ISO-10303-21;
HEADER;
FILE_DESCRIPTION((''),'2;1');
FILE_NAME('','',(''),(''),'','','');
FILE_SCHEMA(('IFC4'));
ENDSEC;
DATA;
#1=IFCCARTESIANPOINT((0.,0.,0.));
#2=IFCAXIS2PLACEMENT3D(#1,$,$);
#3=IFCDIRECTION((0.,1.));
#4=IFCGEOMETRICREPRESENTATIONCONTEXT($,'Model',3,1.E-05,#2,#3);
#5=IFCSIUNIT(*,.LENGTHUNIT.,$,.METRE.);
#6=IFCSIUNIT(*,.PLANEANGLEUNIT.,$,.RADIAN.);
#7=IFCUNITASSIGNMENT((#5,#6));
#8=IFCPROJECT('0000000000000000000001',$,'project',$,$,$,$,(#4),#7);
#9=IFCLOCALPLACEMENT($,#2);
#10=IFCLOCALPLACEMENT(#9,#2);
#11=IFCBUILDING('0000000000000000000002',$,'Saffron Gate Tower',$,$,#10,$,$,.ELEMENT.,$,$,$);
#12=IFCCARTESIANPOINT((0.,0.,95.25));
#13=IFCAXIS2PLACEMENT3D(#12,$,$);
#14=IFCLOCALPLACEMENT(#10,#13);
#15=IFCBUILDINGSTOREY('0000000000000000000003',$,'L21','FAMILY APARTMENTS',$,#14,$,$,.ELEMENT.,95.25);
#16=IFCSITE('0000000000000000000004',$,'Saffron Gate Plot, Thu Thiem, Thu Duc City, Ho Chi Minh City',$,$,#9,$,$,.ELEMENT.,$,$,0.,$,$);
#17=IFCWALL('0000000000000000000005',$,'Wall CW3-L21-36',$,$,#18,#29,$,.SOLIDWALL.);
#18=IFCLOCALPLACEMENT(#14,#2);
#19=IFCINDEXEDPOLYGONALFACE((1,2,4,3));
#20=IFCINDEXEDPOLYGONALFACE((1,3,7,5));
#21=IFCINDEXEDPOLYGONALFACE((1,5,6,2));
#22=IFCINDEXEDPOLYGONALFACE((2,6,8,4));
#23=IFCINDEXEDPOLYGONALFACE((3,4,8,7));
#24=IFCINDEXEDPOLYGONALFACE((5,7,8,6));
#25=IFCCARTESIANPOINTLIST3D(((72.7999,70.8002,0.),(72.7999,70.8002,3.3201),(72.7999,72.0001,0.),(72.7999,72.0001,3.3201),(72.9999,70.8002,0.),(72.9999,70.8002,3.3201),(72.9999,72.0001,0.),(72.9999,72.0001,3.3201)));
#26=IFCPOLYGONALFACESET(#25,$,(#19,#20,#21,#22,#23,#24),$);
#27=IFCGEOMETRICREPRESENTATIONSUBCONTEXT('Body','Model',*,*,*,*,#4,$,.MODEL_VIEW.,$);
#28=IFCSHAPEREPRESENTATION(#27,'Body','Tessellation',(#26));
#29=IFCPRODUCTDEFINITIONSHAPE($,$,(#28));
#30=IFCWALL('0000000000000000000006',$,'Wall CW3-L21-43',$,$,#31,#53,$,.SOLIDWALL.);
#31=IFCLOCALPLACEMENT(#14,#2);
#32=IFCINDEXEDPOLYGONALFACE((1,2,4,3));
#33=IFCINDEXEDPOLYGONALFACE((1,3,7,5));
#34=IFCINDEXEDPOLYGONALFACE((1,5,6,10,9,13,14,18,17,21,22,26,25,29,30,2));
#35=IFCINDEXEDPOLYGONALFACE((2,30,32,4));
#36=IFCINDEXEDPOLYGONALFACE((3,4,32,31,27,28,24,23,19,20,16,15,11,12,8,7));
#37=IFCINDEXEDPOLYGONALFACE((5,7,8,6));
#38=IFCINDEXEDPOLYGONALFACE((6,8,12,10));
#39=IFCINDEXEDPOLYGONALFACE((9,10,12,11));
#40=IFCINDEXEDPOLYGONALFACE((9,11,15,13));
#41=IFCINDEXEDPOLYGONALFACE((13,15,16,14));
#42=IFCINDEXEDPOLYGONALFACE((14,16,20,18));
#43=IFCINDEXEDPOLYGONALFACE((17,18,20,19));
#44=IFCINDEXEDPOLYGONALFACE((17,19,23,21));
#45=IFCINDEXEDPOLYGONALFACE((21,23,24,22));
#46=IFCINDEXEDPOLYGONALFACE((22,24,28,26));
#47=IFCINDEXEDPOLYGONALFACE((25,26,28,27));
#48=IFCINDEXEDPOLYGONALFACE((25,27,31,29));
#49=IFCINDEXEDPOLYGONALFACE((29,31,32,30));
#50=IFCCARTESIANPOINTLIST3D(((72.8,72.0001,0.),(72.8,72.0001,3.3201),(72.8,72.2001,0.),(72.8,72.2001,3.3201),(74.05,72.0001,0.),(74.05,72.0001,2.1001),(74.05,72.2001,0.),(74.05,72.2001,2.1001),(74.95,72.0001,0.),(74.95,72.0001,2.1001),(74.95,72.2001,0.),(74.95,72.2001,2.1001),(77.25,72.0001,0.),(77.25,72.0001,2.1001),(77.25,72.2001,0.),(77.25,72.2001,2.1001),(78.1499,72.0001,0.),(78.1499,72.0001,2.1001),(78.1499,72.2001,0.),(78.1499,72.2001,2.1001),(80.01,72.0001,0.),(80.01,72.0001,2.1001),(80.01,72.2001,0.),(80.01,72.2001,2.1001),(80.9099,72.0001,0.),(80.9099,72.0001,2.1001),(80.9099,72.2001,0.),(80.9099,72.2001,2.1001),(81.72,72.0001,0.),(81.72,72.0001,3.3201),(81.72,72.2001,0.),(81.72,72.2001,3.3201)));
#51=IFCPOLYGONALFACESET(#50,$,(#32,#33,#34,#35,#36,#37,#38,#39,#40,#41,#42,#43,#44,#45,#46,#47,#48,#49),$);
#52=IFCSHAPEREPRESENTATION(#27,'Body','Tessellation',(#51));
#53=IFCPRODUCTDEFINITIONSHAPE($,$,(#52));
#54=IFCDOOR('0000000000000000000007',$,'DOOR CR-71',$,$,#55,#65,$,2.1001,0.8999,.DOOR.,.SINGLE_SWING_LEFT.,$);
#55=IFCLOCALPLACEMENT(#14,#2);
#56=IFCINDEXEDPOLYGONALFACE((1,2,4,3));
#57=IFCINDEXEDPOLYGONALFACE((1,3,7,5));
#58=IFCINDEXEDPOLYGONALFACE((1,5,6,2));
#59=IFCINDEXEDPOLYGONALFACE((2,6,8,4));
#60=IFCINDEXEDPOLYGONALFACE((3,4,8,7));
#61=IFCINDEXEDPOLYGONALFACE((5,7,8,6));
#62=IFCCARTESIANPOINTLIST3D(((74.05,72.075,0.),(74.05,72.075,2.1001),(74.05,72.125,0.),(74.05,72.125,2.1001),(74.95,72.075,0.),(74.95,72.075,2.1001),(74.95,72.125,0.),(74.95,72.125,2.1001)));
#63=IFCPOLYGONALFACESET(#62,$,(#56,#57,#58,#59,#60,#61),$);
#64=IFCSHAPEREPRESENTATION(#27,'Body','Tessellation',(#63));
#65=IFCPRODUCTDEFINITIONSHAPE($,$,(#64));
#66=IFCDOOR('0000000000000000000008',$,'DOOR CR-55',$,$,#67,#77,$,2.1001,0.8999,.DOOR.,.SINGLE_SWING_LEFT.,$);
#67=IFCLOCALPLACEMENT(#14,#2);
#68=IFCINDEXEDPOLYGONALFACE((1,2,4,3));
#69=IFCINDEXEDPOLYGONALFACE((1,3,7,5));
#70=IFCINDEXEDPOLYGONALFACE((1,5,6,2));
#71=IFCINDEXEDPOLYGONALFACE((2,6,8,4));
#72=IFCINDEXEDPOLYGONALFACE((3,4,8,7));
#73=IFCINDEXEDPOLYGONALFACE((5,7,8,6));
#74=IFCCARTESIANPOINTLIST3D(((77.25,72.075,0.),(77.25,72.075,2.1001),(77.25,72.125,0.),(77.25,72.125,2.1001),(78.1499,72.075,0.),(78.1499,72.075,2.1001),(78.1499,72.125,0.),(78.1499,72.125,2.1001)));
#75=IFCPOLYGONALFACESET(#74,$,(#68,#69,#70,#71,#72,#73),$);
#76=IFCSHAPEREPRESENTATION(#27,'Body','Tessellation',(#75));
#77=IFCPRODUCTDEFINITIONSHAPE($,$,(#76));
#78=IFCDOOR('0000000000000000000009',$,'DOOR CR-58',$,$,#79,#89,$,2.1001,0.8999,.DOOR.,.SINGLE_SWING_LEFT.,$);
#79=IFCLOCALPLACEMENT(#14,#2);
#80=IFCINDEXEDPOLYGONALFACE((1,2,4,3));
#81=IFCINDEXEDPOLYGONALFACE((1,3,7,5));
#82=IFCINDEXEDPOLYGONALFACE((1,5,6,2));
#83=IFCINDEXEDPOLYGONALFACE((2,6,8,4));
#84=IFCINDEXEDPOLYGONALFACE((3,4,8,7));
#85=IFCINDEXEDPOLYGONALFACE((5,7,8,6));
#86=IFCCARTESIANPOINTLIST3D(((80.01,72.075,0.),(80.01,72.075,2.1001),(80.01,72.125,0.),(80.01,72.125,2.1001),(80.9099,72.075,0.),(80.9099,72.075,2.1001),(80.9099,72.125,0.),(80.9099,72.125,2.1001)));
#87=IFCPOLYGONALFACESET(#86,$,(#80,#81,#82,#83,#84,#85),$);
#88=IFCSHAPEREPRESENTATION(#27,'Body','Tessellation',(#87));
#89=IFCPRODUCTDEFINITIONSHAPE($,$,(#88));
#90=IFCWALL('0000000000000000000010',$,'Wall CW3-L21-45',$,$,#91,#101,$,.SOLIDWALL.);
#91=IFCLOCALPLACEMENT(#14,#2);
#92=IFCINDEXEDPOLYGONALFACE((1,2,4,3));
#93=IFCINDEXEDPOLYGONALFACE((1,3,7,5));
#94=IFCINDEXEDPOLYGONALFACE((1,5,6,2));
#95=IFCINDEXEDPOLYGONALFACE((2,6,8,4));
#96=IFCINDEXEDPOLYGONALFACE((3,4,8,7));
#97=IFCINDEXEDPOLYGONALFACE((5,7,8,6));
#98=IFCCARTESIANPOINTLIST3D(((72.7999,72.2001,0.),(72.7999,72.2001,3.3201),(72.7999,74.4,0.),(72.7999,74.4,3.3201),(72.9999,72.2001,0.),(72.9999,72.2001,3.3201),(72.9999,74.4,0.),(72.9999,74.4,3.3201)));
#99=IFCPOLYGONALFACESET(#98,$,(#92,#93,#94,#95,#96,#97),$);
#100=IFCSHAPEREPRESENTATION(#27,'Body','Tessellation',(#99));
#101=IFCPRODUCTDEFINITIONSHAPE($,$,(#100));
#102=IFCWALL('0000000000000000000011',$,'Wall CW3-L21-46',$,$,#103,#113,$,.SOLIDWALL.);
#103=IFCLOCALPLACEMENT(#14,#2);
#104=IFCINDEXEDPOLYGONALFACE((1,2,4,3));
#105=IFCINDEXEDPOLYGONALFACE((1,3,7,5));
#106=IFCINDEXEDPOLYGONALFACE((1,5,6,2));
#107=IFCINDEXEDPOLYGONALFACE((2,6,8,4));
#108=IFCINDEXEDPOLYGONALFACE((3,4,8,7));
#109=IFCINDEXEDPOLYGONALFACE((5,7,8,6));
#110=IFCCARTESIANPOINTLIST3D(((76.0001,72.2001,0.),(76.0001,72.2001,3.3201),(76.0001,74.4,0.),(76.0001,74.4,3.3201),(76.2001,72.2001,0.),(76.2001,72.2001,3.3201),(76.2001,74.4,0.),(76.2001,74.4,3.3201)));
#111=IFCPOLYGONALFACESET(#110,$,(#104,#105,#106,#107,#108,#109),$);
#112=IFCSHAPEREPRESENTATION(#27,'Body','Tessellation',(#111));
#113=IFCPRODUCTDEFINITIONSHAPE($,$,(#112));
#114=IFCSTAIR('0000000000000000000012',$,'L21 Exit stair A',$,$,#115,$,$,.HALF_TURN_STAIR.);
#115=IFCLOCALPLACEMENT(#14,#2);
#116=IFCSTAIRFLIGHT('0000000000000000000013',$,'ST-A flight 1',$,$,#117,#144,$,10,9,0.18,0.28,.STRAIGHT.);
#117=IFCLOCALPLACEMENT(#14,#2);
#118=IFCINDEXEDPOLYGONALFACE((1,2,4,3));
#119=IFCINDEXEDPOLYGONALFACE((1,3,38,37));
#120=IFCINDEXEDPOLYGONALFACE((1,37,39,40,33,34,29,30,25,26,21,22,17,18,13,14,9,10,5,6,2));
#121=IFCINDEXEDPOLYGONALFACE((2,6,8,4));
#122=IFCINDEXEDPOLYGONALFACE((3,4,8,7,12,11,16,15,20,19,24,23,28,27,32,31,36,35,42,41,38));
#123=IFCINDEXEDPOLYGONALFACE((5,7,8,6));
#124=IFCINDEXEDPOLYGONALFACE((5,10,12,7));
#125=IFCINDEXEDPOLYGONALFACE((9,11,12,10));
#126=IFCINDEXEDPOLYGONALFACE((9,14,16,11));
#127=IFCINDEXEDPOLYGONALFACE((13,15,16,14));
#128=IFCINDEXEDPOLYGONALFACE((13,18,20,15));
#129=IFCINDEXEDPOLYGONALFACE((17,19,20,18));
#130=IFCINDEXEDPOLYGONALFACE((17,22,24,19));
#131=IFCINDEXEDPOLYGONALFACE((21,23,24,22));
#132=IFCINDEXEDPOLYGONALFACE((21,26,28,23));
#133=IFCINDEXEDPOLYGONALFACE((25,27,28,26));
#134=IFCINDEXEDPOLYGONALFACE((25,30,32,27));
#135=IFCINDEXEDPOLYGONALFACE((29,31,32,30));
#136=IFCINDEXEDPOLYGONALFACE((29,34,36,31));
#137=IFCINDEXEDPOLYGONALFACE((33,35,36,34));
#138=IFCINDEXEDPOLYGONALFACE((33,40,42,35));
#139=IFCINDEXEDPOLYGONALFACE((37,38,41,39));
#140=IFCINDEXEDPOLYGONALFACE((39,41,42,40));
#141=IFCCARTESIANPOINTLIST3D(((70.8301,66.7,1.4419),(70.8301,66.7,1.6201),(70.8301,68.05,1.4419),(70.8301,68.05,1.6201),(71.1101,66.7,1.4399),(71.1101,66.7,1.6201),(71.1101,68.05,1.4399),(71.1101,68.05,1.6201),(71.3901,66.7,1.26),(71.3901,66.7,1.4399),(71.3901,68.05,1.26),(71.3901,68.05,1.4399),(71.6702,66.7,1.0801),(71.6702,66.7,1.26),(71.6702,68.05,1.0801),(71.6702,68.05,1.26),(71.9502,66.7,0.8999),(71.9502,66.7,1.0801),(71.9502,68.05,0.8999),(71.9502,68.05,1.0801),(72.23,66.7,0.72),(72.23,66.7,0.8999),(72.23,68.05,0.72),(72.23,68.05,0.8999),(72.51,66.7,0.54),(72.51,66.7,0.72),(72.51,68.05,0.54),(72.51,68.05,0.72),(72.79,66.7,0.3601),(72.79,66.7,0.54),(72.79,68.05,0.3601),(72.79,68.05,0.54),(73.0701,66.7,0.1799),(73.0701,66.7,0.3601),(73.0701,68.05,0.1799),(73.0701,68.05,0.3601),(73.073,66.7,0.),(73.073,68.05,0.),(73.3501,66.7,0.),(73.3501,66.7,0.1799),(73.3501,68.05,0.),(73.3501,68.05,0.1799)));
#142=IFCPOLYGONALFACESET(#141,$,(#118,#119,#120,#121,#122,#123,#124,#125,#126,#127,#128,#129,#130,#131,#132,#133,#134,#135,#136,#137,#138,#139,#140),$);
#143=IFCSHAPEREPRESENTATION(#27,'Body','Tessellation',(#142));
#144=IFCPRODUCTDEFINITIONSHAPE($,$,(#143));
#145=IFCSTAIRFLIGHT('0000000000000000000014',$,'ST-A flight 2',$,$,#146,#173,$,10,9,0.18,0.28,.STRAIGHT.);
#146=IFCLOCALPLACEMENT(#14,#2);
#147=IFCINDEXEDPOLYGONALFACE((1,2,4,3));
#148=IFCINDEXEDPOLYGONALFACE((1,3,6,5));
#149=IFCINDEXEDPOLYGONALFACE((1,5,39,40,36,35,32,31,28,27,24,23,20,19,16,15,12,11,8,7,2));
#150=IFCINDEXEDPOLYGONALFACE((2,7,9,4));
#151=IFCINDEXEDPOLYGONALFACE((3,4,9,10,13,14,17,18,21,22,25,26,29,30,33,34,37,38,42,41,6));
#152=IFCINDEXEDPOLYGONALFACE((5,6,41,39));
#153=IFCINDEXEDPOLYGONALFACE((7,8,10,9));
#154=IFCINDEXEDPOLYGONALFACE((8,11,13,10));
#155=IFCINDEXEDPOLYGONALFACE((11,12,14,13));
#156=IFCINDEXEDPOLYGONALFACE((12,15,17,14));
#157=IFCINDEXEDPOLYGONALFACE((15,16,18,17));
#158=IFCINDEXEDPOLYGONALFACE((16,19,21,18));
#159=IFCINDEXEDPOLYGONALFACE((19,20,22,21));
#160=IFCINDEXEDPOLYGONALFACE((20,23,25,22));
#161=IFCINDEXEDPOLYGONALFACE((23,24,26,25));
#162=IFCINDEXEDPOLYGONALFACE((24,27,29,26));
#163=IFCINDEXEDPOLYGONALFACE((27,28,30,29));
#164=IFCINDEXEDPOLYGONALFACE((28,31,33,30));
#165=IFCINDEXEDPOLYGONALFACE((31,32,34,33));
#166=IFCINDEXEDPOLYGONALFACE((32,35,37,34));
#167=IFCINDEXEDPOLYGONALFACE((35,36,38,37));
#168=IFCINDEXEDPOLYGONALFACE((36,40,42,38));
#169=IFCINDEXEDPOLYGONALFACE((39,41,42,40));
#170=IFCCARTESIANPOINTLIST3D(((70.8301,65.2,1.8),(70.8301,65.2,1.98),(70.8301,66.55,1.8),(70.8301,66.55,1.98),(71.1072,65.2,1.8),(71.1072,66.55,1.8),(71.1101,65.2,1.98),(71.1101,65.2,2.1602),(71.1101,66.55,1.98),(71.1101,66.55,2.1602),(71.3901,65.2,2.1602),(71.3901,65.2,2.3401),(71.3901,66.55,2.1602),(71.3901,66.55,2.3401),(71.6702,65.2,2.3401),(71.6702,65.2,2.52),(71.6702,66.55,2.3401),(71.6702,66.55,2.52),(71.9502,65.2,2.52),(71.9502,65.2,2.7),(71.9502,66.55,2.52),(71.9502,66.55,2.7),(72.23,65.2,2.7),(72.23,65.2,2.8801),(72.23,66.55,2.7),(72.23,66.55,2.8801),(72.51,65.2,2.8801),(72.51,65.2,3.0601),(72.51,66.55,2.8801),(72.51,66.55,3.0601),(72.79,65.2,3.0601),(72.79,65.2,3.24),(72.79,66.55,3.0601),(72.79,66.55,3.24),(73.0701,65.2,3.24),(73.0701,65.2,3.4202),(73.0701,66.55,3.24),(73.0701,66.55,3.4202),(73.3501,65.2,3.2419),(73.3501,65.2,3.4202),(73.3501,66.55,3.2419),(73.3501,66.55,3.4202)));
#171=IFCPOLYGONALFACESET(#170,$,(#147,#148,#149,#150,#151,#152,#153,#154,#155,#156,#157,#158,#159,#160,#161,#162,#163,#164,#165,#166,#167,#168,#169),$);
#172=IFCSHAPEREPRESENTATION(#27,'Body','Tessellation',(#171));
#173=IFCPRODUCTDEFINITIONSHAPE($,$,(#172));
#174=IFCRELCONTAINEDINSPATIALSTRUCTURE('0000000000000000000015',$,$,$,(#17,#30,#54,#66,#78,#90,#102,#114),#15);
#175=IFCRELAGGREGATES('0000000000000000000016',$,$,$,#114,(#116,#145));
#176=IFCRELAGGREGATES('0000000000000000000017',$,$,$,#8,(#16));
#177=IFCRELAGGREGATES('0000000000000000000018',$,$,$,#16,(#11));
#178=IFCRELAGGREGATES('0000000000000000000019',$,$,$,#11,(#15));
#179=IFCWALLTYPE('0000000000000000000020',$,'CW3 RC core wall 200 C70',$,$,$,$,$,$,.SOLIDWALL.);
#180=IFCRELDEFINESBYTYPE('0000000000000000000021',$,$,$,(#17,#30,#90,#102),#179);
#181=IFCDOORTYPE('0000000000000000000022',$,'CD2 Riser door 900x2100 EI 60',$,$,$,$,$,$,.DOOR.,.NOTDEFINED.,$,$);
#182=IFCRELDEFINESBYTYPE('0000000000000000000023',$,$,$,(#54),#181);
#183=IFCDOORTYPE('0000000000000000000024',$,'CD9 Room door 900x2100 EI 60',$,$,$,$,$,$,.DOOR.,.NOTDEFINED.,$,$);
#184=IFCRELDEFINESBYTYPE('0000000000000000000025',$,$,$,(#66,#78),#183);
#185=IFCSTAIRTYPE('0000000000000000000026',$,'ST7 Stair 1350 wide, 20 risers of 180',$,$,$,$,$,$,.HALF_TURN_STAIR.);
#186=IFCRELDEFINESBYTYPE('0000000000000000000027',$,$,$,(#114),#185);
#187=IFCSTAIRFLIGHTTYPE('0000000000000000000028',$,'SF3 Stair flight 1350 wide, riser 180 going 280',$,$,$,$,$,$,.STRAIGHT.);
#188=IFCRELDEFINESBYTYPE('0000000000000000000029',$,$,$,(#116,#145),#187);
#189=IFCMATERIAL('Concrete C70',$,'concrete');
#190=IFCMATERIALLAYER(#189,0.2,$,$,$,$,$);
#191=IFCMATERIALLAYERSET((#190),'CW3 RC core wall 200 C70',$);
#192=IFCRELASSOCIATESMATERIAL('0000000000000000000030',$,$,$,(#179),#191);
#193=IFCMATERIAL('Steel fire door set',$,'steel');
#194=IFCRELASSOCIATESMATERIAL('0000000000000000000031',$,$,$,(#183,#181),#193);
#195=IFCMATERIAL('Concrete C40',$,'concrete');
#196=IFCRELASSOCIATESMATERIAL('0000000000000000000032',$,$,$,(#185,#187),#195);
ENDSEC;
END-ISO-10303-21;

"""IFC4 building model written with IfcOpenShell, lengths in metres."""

from ifc_helpers import new_model, si_unit, direction, frame, frame_2d, origin, place, context, subcontext, project, spatial, polyline, rectangle, outline, extrude, material, layer, layer_set, type_object, element, fill, aggregate, save


model = new_model("IFC4")

# Units and contexts
model_context = context("Model", 3, precision=1e-05, world=origin(), true_north=direction((0.0, 1.0)))
body_context = subcontext(model_context, "Body", "Model", "MODEL_VIEW")
ifc_project = project(units=[si_unit("LENGTHUNIT", "METRE"), si_unit("PLANEANGLEUNIT", "RADIAN")], contexts=[model_context])

# Site, building, storey
site_placement = place(None, origin())
site = spatial("IfcSite", under=ifc_project, at=site_placement, Name="Saffron Gate Plot, Thu Thiem, Thu Duc City, Ho Chi Minh City", CompositionType="ELEMENT", RefElevation=0.0)
building_placement = place(site_placement, origin())
building = spatial("IfcBuilding", under=site, at=building_placement, Name="Saffron Gate Tower", CompositionType="ELEMENT")
storey_placement = place(building_placement, frame((0.0, 0.0, 95.25)))
storey = spatial("IfcBuildingStorey", under=building, at=storey_placement, Name="L21", Description="FAMILY APARTMENTS", CompositionType="ELEMENT", Elevation=95.25)

# Shared definitions
ifc_material_1 = material(Name="Concrete C70", Category="concrete")

# Shared definitions
ifc_layer_1 = layer(ifc_material_1, 0.2)
ifc_layer_set_1 = layer_set([ifc_layer_1], Name="CW3 RC core wall 200 C70")
wall_type_1 = type_object("IfcWallType", Name="CW3 RC core wall 200 C70", PredefinedType="SOLIDWALL", material=ifc_layer_set_1)
ifc_material_2 = material(Name="Steel fire door set", Category="steel")
door_type_1 = type_object("IfcDoorType", Name="CD9 Room door 900x2100 EI 60", OperationType="NOTDEFINED", PredefinedType="DOOR", material=ifc_material_2)

# Wall
wall_1_placement = place(storey_placement, frame((72.8999, 70.8, 0.0), z_axis=(0.0, 0.0, 1.0), x_axis=(0.0, 1.0, 0.0)))
element("IfcWall", 1, at=wall_1_placement, inside=storey, type_object=wall_type_1, Name="Wall CW3-L21-36", PredefinedType="SOLIDWALL", context=body_context, shape_type="SweptSolid", body=[
    extrude(rectangle(XDim=1.2, YDim=0.2, at=frame_2d((0.6001, 0.0))), origin(), (0.0, 0.0, 1.0), 3.3201),
])

# Wall, openings, doors
wall_2_placement = place(storey_placement, frame((72.8, 72.1001, 0.0), z_axis=(0.0, 0.0, 1.0), x_axis=(1.0, 0.0, 0.0)))
wall_2 = element("IfcWall", 2, at=wall_2_placement, inside=storey, type_object=wall_type_1, Name="Wall CW3-L21-43", PredefinedType="SOLIDWALL", context=body_context, shape_type="SweptSolid", body=[
    extrude(rectangle(XDim=8.9199, YDim=0.2, at=frame_2d((4.46, 0.0))), origin(), (0.0, 0.0, 1.0), 3.3201),
])
opening_1_placement = place(wall_2_placement, frame((1.25, 0.0, 0.0)))
opening_1 = element("IfcOpeningElement", 3, at=opening_1_placement, cuts=wall_2, PredefinedType="OPENING", context=body_context, shape_type="SweptSolid", body=[
    extrude(rectangle(XDim=0.8999, YDim=2.1001, at=frame_2d((0.45, 1.05))), frame((0.0, 0.1099, 0.0), z_axis=(0.0, -1.0, 0.0), x_axis=(1.0, 0.0, 0.0)), (0.0, 0.0, 1.0), 0.22),
])
opening_2_placement = place(wall_2_placement, frame((4.45, 0.0, 0.0)))
opening_2 = element("IfcOpeningElement", 4, at=opening_2_placement, cuts=wall_2, PredefinedType="OPENING", context=body_context, shape_type="SweptSolid", body=[
    extrude(rectangle(XDim=0.8999, YDim=2.1001, at=frame_2d((0.45, 1.05))), frame((0.0, 0.1099, 0.0), z_axis=(0.0, -1.0, 0.0), x_axis=(1.0, 0.0, 0.0)), (0.0, 0.0, 1.0), 0.22),
])
opening_3_placement = place(wall_2_placement, frame((7.21, 0.0, 0.0)))
opening_3 = element("IfcOpeningElement", 5, at=opening_3_placement, cuts=wall_2, PredefinedType="OPENING", context=body_context, shape_type="SweptSolid", body=[
    extrude(rectangle(XDim=0.8999, YDim=2.1001, at=frame_2d((0.45, 1.05))), frame((0.0, 0.1099, 0.0), z_axis=(0.0, -1.0, 0.0), x_axis=(1.0, 0.0, 0.0)), (0.0, 0.0, 1.0), 0.22),
])
door_type_2 = type_object("IfcDoorType", Name="CD2 Riser door 900x2100 EI 60", OperationType="NOTDEFINED", PredefinedType="DOOR", material=ifc_material_2)
door_1_placement = place(opening_1_placement, origin())
door_1 = element("IfcDoor", 6, at=door_1_placement, inside=storey, type_object=door_type_2, Name="DOOR CR-71", OperationType="SINGLE_SWING_LEFT", OverallHeight=2.1001, OverallWidth=0.8999, PredefinedType="DOOR", context=body_context, shape_type="SweptSolid", body=[
    extrude(rectangle(XDim=0.8999, YDim=2.1001, at=frame_2d((0.45, 1.05))), frame((0.0, 0.0249, 0.0), z_axis=(0.0, -1.0, 0.0), x_axis=(1.0, 0.0, 0.0)), (0.0, 0.0, 1.0), 0.05),
])
fill(opening_1, door_1)
door_2_placement = place(opening_2_placement, origin())
door_2 = element("IfcDoor", 7, at=door_2_placement, inside=storey, type_object=door_type_1, Name="DOOR CR-55", OperationType="SINGLE_SWING_LEFT", OverallHeight=2.1001, OverallWidth=0.8999, PredefinedType="DOOR", context=body_context, shape_type="SweptSolid", body=[
    extrude(rectangle(XDim=0.8999, YDim=2.1001, at=frame_2d((0.45, 1.05))), frame((0.0, 0.0249, 0.0), z_axis=(0.0, -1.0, 0.0), x_axis=(1.0, 0.0, 0.0)), (0.0, 0.0, 1.0), 0.05),
])
fill(opening_2, door_2)
door_3_placement = place(opening_3_placement, origin())
door_3 = element("IfcDoor", 8, at=door_3_placement, inside=storey, type_object=door_type_1, Name="DOOR CR-58", OperationType="SINGLE_SWING_LEFT", OverallHeight=2.1001, OverallWidth=0.8999, PredefinedType="DOOR", context=body_context, shape_type="SweptSolid", body=[
    extrude(rectangle(XDim=0.8999, YDim=2.1001, at=frame_2d((0.45, 1.05))), frame((0.0, 0.0249, 0.0), z_axis=(0.0, -1.0, 0.0), x_axis=(1.0, 0.0, 0.0)), (0.0, 0.0, 1.0), 0.05),
])
fill(opening_3, door_3)

# Walls
for number, where, z_axis, x_axis, name in (
    (9, (72.8999, 72.2, 0.0), (0.0, 0.0, 1.0), (0.0, 1.0, 0.0), "Wall CW3-L21-45"),
    (10, (76.1001, 72.2, 0.0), (0.0, 0.0, 1.0), (0.0, 1.0, 0.0), "Wall CW3-L21-46"),
):
    element("IfcWall", number, at=place(storey_placement, frame(where, z_axis=z_axis, x_axis=x_axis)), inside=storey, type_object=wall_type_1, Name=name, PredefinedType="SOLIDWALL", context=body_context, shape_type="SweptSolid", body=[
        extrude(rectangle(XDim=2.2, YDim=0.2, at=frame_2d((1.1001, 0.0))), origin(), (0.0, 0.0, 1.0), 3.3201),
    ])

# Stair, stair flights
ifc_material_3 = material(Name="Concrete C40", Category="concrete")
stair_type = type_object("IfcStairType", Name="ST7 Stair 1350 wide, 20 risers of 180", PredefinedType="HALF_TURN_STAIR", material=ifc_material_3)
stair_placement = place(storey_placement, origin())
stair = element("IfcStair", 11, at=stair_placement, inside=storey, type_object=stair_type, Name="L21 Exit stair A", PredefinedType="HALF_TURN_STAIR")
stair_flight_type = type_object("IfcStairFlightType", Name="SF3 Stair flight 1350 wide, riser 180 going 280", PredefinedType="STRAIGHT", material=ifc_material_3)
stair_flight_1_placement = place(storey_placement, frame((73.3501, 67.375, 0.0), z_axis=(0.0, 0.0, 1.0), x_axis=(-1.0, 0.0, 0.0)))
stair_flight_1 = element("IfcStairFlight", 12, at=stair_flight_1_placement, type_object=stair_flight_type, Name="ST-A flight 1", NumberOfRisers=10, NumberOfTreads=9, PredefinedType="STRAIGHT", RiserHeight=0.18, TreadLength=0.28, context=body_context, shape_type="SweptSolid", body=[
    extrude(outline(polyline([(0.0, 0.0), (0.0, 0.1799), (0.28, 0.1799), (0.28, 0.3601), (0.5601, 0.3601), (0.5601, 0.54), (0.8401, 0.54), (0.8401, 0.72), (1.1201, 0.72), (1.1201, 0.8999), (1.3999, 0.8999), (1.3999, 1.0801), (1.6799, 1.0801), (1.6799, 1.26), (1.96, 1.26), (1.96, 1.4399), (2.24, 1.4399), (2.24, 1.6201), (2.52, 1.6201), (2.52, 1.8), (2.52, 1.4419), (0.2771, 0.0), (0.0, 0.0)])), frame((0.0, 0.675, 0.0), z_axis=(0.0, -1.0, 0.0), x_axis=(1.0, 0.0, 0.0)), (0.0, 0.0, 1.0), 1.3501),
])
stair_flight_2_placement = place(storey_placement, frame((70.8301, 65.875, 1.8), z_axis=(0.0, 0.0, 1.0), x_axis=(1.0, 0.0, 0.0)))
stair_flight_2 = element("IfcStairFlight", 13, at=stair_flight_2_placement, type_object=stair_flight_type, Name="ST-A flight 2", NumberOfRisers=10, NumberOfTreads=9, PredefinedType="STRAIGHT", RiserHeight=0.18, TreadLength=0.28, context=body_context, shape_type="SweptSolid", body=[
    extrude(outline(polyline([(0.0, 0.0), (0.0, 0.1799), (0.28, 0.1799), (0.28, 0.3601), (0.5601, 0.3601), (0.5601, 0.54), (0.8401, 0.54), (0.8401, 0.72), (1.1201, 0.72), (1.1201, 0.8999), (1.3999, 0.8999), (1.3999, 1.0801), (1.6799, 1.0801), (1.6799, 1.26), (1.96, 1.26), (1.96, 1.4399), (2.24, 1.4399), (2.24, 1.6201), (2.52, 1.6201), (2.52, 1.8), (2.52, 1.4419), (0.2771, 0.0), (0.0, 0.0)])), frame((0.0, 0.675, 0.0), z_axis=(0.0, -1.0, 0.0), x_axis=(1.0, 0.0, 0.0)), (0.0, 0.0, 1.0), 1.3501),
])
aggregate(stair, [stair_flight_1, stair_flight_2])

save(model, "model.ifc")
